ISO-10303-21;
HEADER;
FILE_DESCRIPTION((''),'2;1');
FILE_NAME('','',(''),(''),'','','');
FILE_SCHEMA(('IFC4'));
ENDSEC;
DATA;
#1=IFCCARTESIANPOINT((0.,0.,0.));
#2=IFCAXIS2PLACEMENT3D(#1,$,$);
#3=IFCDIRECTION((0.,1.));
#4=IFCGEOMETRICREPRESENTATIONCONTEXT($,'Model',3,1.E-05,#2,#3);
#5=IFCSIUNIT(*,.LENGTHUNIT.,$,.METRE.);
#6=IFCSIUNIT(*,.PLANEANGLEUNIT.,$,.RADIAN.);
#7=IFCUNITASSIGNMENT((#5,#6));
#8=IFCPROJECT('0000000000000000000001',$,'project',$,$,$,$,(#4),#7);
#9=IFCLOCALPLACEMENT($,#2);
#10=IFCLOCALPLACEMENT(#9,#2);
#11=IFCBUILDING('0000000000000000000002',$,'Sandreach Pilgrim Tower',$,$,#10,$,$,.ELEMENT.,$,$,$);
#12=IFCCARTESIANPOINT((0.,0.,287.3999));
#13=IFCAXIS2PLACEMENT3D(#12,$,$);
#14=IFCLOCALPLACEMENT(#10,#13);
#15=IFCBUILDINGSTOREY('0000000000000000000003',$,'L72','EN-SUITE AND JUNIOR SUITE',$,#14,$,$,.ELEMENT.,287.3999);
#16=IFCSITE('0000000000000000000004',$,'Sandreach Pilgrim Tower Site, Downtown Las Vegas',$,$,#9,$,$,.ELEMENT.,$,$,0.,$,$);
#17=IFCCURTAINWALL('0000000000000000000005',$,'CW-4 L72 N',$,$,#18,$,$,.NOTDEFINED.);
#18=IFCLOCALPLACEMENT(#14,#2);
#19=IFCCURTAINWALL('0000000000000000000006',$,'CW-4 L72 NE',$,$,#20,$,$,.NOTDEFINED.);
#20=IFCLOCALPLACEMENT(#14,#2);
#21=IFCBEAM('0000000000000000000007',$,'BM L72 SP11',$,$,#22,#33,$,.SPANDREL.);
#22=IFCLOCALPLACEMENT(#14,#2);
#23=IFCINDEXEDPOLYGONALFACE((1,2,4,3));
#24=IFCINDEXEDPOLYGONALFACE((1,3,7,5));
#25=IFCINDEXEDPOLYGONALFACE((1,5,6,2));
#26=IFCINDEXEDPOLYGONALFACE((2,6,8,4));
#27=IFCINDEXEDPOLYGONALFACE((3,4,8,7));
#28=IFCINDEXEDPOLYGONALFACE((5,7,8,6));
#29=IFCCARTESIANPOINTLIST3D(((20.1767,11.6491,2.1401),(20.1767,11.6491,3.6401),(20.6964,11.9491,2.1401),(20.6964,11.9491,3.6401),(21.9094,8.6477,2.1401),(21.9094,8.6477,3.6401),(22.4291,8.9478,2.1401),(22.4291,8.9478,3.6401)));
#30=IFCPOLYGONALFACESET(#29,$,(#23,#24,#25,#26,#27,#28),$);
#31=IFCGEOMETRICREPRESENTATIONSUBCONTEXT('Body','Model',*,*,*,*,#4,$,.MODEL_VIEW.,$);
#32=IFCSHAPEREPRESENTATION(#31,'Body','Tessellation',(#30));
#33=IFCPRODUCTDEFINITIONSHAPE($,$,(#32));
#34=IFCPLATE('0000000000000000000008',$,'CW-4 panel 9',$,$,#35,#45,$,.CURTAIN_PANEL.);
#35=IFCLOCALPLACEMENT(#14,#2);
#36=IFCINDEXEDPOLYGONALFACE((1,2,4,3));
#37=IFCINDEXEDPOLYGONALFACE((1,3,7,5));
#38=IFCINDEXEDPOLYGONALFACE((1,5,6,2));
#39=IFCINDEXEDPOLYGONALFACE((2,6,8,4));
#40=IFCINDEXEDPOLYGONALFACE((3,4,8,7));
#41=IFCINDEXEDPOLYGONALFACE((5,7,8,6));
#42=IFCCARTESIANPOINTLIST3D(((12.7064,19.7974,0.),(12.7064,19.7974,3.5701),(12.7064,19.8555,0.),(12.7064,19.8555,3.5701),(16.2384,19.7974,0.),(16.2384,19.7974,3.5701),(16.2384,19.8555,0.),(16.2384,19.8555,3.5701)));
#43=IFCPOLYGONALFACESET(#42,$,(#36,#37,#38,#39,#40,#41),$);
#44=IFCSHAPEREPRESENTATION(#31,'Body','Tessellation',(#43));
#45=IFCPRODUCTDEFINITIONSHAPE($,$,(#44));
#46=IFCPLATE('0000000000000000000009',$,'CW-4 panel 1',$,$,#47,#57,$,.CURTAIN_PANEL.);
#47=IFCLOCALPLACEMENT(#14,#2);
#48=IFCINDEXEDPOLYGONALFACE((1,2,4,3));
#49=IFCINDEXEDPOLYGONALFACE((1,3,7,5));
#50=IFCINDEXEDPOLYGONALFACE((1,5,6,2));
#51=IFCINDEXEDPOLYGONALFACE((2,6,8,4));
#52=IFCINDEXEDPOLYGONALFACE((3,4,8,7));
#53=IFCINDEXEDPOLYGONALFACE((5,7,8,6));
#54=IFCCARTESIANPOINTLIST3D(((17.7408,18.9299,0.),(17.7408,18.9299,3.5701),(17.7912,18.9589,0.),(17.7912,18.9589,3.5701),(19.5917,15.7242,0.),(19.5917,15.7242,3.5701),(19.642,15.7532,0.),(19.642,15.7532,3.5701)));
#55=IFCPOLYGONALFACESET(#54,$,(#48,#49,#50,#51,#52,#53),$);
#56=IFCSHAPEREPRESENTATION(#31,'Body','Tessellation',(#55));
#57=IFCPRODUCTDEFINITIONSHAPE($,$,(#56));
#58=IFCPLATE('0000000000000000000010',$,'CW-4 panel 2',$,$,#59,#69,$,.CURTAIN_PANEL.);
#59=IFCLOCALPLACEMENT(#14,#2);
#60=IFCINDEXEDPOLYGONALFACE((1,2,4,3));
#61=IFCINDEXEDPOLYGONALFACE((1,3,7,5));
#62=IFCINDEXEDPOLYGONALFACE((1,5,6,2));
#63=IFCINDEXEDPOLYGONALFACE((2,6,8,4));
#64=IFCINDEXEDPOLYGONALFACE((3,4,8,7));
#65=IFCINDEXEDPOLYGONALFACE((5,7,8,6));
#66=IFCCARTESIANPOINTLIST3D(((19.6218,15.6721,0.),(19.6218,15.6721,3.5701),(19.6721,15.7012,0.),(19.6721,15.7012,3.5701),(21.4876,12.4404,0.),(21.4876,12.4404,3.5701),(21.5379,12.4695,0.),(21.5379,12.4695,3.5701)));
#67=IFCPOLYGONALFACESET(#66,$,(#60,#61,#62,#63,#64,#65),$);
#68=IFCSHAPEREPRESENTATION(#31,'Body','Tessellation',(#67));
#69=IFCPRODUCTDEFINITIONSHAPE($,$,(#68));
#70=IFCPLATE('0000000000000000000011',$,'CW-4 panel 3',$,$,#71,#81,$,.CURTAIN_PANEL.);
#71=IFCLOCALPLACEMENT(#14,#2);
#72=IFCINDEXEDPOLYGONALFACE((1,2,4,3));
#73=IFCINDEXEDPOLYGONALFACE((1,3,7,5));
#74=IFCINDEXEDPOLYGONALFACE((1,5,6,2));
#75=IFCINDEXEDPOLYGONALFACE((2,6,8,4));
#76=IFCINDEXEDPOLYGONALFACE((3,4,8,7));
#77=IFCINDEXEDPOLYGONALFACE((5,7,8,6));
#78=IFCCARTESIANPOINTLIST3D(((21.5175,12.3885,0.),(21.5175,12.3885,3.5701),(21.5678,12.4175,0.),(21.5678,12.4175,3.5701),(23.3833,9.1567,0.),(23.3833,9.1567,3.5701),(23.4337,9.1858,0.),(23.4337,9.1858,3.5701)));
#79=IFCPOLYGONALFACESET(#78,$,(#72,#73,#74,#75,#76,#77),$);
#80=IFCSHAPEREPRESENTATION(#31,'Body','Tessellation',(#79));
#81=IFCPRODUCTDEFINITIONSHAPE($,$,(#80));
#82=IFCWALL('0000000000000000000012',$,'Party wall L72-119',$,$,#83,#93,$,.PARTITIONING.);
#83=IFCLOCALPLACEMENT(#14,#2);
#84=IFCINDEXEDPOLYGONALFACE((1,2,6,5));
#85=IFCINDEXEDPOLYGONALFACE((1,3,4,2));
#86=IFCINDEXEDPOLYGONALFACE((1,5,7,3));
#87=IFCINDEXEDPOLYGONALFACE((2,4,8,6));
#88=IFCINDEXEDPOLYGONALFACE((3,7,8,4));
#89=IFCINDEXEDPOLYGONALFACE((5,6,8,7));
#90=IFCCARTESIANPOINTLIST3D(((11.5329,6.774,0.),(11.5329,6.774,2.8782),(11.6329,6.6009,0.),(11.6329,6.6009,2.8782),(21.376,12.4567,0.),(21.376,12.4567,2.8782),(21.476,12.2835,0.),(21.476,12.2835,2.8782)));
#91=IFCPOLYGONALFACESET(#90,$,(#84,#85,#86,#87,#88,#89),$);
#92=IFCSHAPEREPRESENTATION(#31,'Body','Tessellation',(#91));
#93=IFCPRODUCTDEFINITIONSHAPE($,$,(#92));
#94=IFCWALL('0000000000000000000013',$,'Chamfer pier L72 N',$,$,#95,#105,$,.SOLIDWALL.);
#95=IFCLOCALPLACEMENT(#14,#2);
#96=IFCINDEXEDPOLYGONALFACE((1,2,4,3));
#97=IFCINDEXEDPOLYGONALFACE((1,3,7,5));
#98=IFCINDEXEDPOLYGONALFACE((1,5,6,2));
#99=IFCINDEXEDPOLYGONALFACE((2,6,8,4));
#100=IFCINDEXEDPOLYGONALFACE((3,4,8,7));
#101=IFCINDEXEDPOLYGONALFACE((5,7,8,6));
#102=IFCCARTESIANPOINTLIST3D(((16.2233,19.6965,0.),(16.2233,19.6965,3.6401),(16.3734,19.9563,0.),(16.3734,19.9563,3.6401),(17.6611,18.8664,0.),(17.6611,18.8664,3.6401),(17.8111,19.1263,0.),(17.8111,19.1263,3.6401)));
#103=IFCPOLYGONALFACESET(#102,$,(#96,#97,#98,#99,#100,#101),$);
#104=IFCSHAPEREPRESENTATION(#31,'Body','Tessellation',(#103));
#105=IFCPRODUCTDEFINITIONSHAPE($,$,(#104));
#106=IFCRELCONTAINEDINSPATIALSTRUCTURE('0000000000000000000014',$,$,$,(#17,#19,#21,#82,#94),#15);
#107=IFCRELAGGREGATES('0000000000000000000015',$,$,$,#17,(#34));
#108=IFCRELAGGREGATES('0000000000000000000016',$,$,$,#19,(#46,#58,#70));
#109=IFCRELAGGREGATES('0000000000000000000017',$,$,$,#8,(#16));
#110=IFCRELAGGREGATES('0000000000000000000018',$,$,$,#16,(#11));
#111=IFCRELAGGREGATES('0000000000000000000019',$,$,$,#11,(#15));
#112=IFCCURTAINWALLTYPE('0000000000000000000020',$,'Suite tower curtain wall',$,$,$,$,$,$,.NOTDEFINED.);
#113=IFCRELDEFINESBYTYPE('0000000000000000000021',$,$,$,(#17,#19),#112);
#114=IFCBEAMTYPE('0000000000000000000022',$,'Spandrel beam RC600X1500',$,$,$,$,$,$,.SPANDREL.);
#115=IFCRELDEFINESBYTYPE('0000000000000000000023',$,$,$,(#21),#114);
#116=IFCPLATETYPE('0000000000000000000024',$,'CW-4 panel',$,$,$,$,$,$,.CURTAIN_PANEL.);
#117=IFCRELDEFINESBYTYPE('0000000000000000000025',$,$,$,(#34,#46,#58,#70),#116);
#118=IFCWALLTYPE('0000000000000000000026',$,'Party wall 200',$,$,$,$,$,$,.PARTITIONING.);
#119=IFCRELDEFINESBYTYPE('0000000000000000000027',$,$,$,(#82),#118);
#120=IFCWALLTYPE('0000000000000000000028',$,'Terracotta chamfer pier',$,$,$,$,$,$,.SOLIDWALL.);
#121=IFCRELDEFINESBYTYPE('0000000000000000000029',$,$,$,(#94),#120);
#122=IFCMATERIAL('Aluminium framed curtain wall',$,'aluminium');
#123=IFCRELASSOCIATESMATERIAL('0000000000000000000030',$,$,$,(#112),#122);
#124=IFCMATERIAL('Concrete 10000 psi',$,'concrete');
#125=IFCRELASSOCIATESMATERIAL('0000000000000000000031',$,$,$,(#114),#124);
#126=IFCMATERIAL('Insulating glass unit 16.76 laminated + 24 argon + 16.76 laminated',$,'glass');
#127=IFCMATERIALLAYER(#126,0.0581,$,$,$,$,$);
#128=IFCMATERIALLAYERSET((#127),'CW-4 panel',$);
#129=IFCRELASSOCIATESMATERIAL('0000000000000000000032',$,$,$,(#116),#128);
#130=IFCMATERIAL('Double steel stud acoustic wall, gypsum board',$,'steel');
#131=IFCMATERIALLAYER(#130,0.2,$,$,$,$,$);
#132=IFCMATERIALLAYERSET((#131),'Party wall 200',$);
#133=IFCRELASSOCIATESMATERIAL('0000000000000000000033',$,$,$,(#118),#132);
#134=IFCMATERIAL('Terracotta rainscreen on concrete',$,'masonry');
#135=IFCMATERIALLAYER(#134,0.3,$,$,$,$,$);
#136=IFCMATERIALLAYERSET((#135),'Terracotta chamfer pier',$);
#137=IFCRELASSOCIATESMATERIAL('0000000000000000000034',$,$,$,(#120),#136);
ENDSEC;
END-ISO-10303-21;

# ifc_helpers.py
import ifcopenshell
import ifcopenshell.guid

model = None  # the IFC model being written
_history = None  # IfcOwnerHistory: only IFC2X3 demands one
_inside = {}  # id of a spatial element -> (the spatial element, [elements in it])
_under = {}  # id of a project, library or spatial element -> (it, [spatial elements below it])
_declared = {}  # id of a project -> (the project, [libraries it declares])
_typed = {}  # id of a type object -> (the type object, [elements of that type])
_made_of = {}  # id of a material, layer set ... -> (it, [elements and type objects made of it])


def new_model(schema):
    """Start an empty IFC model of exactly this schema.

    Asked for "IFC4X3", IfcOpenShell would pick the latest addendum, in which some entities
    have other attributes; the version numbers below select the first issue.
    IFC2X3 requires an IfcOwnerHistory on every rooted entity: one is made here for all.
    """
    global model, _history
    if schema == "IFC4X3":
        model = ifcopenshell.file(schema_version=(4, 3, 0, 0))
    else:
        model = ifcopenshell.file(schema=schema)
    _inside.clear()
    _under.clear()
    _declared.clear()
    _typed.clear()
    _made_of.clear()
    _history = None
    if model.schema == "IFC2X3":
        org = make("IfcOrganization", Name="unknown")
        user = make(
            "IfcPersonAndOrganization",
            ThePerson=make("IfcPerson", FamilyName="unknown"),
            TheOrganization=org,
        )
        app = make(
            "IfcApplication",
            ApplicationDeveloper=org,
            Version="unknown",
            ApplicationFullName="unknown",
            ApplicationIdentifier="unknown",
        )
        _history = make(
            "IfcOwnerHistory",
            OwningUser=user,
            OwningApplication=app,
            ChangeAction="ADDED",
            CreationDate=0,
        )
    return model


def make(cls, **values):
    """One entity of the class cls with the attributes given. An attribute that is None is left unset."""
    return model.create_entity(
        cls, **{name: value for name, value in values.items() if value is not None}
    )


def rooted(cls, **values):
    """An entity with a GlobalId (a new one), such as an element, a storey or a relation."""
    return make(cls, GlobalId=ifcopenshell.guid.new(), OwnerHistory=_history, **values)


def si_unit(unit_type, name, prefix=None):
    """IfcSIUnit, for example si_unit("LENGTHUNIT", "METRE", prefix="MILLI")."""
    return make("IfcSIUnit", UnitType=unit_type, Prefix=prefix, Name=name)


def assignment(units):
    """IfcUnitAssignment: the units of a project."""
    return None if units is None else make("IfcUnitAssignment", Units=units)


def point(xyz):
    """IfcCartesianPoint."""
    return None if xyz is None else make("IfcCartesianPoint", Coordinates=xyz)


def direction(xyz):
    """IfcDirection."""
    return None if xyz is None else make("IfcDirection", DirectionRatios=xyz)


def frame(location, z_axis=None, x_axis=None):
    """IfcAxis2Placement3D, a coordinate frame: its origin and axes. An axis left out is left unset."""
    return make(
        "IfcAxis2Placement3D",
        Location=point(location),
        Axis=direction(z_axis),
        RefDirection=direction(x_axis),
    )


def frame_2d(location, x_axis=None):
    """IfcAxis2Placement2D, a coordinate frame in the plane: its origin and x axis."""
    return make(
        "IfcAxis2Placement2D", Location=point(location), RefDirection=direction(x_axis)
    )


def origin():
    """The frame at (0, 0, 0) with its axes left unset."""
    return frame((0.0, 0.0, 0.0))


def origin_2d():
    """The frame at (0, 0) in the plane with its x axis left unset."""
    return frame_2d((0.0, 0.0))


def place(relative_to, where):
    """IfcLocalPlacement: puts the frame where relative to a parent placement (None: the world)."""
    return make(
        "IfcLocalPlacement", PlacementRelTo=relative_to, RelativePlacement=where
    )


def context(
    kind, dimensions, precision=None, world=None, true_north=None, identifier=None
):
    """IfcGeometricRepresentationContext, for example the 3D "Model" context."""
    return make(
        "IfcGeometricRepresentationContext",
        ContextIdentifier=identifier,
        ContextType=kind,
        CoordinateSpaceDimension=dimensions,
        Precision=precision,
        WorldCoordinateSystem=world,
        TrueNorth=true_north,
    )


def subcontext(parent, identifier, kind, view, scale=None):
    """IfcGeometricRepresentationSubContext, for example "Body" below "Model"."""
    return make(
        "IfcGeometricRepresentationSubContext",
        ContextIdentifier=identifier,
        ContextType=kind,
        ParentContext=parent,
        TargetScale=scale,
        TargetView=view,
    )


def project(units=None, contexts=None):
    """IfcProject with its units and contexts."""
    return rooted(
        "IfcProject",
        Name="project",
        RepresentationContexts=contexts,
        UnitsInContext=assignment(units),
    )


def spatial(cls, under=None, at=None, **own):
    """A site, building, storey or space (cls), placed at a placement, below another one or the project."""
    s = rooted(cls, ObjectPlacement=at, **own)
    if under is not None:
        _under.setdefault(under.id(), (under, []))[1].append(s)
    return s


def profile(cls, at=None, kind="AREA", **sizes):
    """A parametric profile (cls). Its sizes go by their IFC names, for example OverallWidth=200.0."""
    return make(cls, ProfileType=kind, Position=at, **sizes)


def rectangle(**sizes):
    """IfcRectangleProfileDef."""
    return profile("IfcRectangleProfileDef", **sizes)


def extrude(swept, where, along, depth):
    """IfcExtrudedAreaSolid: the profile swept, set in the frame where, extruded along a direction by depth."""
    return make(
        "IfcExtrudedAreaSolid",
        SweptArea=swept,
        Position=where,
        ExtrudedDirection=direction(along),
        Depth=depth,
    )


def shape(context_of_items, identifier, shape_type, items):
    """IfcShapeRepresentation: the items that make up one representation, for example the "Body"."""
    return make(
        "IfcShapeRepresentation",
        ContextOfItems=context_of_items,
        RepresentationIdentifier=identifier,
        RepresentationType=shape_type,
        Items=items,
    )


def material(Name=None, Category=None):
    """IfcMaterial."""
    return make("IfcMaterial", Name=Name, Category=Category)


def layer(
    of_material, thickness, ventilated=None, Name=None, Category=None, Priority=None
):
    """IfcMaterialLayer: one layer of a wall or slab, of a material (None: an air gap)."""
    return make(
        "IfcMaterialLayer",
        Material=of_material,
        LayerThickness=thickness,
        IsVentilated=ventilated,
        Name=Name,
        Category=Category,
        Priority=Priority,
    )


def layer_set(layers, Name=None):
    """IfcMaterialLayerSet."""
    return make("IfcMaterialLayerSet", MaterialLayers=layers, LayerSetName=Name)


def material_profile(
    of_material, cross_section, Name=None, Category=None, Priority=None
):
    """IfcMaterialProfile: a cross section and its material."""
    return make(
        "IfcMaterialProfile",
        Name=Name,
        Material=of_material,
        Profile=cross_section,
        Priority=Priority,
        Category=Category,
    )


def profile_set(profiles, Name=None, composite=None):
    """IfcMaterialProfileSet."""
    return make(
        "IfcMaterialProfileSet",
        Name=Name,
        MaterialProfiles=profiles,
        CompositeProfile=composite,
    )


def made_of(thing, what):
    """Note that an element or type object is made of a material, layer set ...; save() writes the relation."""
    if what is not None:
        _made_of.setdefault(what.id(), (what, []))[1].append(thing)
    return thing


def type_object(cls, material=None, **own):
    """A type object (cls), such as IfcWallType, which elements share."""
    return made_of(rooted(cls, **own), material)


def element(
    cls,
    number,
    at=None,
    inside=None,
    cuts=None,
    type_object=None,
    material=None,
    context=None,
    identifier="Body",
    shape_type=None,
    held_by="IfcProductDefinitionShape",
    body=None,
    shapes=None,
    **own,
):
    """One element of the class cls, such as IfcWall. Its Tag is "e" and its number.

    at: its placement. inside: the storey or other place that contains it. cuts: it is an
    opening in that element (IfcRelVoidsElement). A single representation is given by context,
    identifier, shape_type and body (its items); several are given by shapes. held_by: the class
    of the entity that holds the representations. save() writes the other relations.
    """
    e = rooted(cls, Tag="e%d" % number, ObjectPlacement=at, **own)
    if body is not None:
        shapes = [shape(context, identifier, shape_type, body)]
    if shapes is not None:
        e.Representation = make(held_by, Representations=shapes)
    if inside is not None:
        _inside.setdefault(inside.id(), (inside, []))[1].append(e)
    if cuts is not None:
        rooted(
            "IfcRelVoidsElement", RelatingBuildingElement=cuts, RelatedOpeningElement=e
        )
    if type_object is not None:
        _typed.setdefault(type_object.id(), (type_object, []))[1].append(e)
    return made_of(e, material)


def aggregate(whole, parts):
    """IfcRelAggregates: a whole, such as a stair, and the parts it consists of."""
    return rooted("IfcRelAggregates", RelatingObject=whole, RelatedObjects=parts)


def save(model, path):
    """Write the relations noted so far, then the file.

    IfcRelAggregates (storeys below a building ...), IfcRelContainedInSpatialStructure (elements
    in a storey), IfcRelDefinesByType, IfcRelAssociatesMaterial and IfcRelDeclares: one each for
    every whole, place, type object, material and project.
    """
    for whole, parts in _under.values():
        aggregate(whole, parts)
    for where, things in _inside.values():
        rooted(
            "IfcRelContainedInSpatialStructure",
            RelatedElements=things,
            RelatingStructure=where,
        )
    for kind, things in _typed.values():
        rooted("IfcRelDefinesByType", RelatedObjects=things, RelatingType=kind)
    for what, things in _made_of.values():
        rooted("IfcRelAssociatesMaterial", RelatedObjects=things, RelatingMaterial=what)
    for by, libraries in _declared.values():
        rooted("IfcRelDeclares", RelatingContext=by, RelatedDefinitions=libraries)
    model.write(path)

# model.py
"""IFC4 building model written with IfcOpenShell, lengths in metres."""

from ifc_helpers import new_model, si_unit, direction, frame, frame_2d, origin, origin_2d, place, context, subcontext, project, spatial, rectangle, extrude, material, layer, layer_set, material_profile, profile_set, type_object, element, aggregate, save


model = new_model("IFC4")

# Units and contexts
model_context = context("Model", 3, precision=1e-05, world=origin(), true_north=direction((0.0, 1.0)))
body_context = subcontext(model_context, "Body", "Model", "MODEL_VIEW")
ifc_project = project(units=[si_unit("LENGTHUNIT", "METRE"), si_unit("PLANEANGLEUNIT", "RADIAN")], contexts=[model_context])

# Site, building, storey
site_placement = place(None, origin())
site = spatial("IfcSite", under=ifc_project, at=site_placement, Name="Sandreach Pilgrim Tower Site, Downtown Las Vegas", CompositionType="ELEMENT", RefElevation=0.0)
building_placement = place(site_placement, origin())
building = spatial("IfcBuilding", under=site, at=building_placement, Name="Sandreach Pilgrim Tower", CompositionType="ELEMENT")
storey_placement = place(building_placement, frame((0.0, 0.0, 287.3999)))
storey = spatial("IfcBuildingStorey", under=building, at=storey_placement, Name="L72", Description="EN-SUITE AND JUNIOR SUITE", CompositionType="ELEMENT", Elevation=287.3999)

# Curtain wall
ifc_material_1 = material(Name="Aluminium framed curtain wall", Category="aluminium")
curtain_wall_type = type_object("IfcCurtainWallType", Name="Suite tower curtain wall", PredefinedType="NOTDEFINED", material=ifc_material_1)
curtain_wall_1_placement = place(storey_placement, origin())
curtain_wall_1 = element("IfcCurtainWall", 1, at=curtain_wall_1_placement, inside=storey, type_object=curtain_wall_type, Name="CW-4 L72 N", PredefinedType="NOTDEFINED")

# Curtain wall
curtain_wall_2_placement = place(storey_placement, origin())
curtain_wall_2 = element("IfcCurtainWall", 2, at=curtain_wall_2_placement, inside=storey, type_object=curtain_wall_type, Name="CW-4 L72 NE", PredefinedType="NOTDEFINED")

# Beam
ifc_material_2 = material(Name="Concrete 10000 psi", Category="concrete")
ifc_material_profile_1 = material_profile(ifc_material_2, rectangle(XDim=0.6001, YDim=1.5, at=origin_2d()), Name="RC600X1500")
ifc_profile_set_1 = profile_set([ifc_material_profile_1], Name="Concrete 10000 psi")
beam_type_1 = type_object("IfcBeamType", Name="Spandrel beam RC600X1500", PredefinedType="SPANDREL", material=ifc_profile_set_1)
for number, where, z_axis, x_axis, name in (
    (3, (20.4365, 11.7991, 2.8901), (0.499981, -0.866037, 0.0), (0.866037, 0.499981, 0.0), "BM L72 SP11"),
):
    element("IfcBeam", number, at=place(storey_placement, frame(where, z_axis=z_axis, x_axis=x_axis)), inside=storey, type_object=beam_type_1, Name=name, PredefinedType="SPANDREL", context=body_context, shape_type="SweptSolid", body=[
        extrude(rectangle(XDim=0.6001, YDim=1.5, at=origin_2d()), origin(), (0.0, 0.0, 1.0), 3.4656),
    ])

# Plates
ifc_material_3 = material(Name="Insulating glass unit 16.76 laminated + 24 argon + 16.76 laminated", Category="glass")
ifc_layer_1 = layer(ifc_material_3, 0.0581)
ifc_layer_set_1 = layer_set([ifc_layer_1], Name="CW-4 panel")
plate_type = type_object("IfcPlateType", Name="CW-4 panel", PredefinedType="CURTAIN_PANEL", material=ifc_layer_set_1)
plate_1_placement = place(storey_placement, frame((14.4724, 19.8264, 0.0), z_axis=(0.0, 0.0, 1.0), x_axis=(1.0, 0.0, 0.0)))
plate_1 = element("IfcPlate", 4, at=plate_1_placement, type_object=plate_type, Name="CW-4 panel 9", PredefinedType="CURTAIN_PANEL", context=body_context, shape_type="SweptSolid", body=[
    extrude(rectangle(XDim=3.532, YDim=0.0581, at=origin_2d()), origin(), (0.0, 0.0, 1.0), 3.5701),
])
aggregate(curtain_wall_1, [plate_1])
plate_2_placement = place(storey_placement, frame((18.6914, 17.3416, 0.0), z_axis=(0.0, 0.0, 1.0), x_axis=(0.5, -0.866025, 0.0)))
plate_2 = element("IfcPlate", 5, at=plate_2_placement, type_object=plate_type, Name="CW-4 panel 1", PredefinedType="CURTAIN_PANEL", context=body_context, shape_type="SweptSolid", body=[
    extrude(rectangle(XDim=3.7017, YDim=0.0581, at=origin_2d()), origin(), (0.0, 0.0, 1.0), 3.5701),
])
plate_3_placement = place(storey_placement, frame((20.5798, 14.0708, 0.0), z_axis=(0.0, 0.0, 1.0), x_axis=(0.5, -0.866025, 0.0)))
plate_3 = element("IfcPlate", 6, at=plate_3_placement, type_object=plate_type, Name="CW-4 panel 2", PredefinedType="CURTAIN_PANEL", context=body_context, shape_type="SweptSolid", body=[
    extrude(rectangle(XDim=3.7317, YDim=0.0581, at=origin_2d()), origin(), (0.0, 0.0, 1.0), 3.5701),
])
plate_4_placement = place(storey_placement, frame((22.4756, 10.7871, 0.0), z_axis=(0.0, 0.0, 1.0), x_axis=(0.5, -0.866025, 0.0)))
plate_4 = element("IfcPlate", 7, at=plate_4_placement, type_object=plate_type, Name="CW-4 panel 3", PredefinedType="CURTAIN_PANEL", context=body_context, shape_type="SweptSolid", body=[
    extrude(rectangle(XDim=3.7317, YDim=0.0581, at=origin_2d()), origin(), (0.0, 0.0, 1.0), 3.5701),
])
aggregate(curtain_wall_2, [plate_2, plate_3, plate_4])

# Walls
ifc_material_4 = material(Name="Double steel stud acoustic wall, gypsum board", Category="steel")
ifc_layer_2 = layer(ifc_material_4, 0.2)
ifc_layer_set_2 = layer_set([ifc_layer_2], Name="Party wall 200")
wall_type_1 = type_object("IfcWallType", Name="Party wall 200", PredefinedType="PARTITIONING", material=ifc_layer_set_2)
wall_1_placement = place(storey_placement, frame((21.426, 12.3701, 0.0), z_axis=(0.0, 0.0, 1.0), x_axis=(-0.866035, -0.499983, 0.0)))
element("IfcWall", 8, at=wall_1_placement, inside=storey, type_object=wall_type_1, Name="Party wall L72-119", PredefinedType="PARTITIONING", context=body_context, shape_type="SweptSolid", body=[
    extrude(rectangle(XDim=11.3657, YDim=0.2, at=frame_2d((5.6829, 0.0))), origin(), (0.0, 0.0, 1.0), 2.8782),
])
ifc_material_5 = material(Name="Terracotta rainscreen on concrete", Category="masonry")
ifc_layer_3 = layer(ifc_material_5, 0.3)
ifc_layer_set_3 = layer_set([ifc_layer_3], Name="Terracotta chamfer pier")
wall_type_2 = type_object("IfcWallType", Name="Terracotta chamfer pier", PredefinedType="SOLIDWALL", material=ifc_layer_set_3)
wall_2_placement = place(storey_placement, frame((16.2983, 19.8264, 0.0), z_axis=(0.0, 0.0, 1.0), x_axis=(0.866026, -0.499998, 0.0)))
element("IfcWall", 9, at=wall_2_placement, inside=storey, type_object=wall_type_2, Name="Chamfer pier L72 N", PredefinedType="SOLIDWALL", context=body_context, shape_type="SweptSolid", body=[
    extrude(rectangle(XDim=1.6602, YDim=0.3, at=frame_2d((0.8301, 0.0))), origin(), (0.0, 0.0, 1.0), 3.6401),
])

save(model, "model.ifc")
